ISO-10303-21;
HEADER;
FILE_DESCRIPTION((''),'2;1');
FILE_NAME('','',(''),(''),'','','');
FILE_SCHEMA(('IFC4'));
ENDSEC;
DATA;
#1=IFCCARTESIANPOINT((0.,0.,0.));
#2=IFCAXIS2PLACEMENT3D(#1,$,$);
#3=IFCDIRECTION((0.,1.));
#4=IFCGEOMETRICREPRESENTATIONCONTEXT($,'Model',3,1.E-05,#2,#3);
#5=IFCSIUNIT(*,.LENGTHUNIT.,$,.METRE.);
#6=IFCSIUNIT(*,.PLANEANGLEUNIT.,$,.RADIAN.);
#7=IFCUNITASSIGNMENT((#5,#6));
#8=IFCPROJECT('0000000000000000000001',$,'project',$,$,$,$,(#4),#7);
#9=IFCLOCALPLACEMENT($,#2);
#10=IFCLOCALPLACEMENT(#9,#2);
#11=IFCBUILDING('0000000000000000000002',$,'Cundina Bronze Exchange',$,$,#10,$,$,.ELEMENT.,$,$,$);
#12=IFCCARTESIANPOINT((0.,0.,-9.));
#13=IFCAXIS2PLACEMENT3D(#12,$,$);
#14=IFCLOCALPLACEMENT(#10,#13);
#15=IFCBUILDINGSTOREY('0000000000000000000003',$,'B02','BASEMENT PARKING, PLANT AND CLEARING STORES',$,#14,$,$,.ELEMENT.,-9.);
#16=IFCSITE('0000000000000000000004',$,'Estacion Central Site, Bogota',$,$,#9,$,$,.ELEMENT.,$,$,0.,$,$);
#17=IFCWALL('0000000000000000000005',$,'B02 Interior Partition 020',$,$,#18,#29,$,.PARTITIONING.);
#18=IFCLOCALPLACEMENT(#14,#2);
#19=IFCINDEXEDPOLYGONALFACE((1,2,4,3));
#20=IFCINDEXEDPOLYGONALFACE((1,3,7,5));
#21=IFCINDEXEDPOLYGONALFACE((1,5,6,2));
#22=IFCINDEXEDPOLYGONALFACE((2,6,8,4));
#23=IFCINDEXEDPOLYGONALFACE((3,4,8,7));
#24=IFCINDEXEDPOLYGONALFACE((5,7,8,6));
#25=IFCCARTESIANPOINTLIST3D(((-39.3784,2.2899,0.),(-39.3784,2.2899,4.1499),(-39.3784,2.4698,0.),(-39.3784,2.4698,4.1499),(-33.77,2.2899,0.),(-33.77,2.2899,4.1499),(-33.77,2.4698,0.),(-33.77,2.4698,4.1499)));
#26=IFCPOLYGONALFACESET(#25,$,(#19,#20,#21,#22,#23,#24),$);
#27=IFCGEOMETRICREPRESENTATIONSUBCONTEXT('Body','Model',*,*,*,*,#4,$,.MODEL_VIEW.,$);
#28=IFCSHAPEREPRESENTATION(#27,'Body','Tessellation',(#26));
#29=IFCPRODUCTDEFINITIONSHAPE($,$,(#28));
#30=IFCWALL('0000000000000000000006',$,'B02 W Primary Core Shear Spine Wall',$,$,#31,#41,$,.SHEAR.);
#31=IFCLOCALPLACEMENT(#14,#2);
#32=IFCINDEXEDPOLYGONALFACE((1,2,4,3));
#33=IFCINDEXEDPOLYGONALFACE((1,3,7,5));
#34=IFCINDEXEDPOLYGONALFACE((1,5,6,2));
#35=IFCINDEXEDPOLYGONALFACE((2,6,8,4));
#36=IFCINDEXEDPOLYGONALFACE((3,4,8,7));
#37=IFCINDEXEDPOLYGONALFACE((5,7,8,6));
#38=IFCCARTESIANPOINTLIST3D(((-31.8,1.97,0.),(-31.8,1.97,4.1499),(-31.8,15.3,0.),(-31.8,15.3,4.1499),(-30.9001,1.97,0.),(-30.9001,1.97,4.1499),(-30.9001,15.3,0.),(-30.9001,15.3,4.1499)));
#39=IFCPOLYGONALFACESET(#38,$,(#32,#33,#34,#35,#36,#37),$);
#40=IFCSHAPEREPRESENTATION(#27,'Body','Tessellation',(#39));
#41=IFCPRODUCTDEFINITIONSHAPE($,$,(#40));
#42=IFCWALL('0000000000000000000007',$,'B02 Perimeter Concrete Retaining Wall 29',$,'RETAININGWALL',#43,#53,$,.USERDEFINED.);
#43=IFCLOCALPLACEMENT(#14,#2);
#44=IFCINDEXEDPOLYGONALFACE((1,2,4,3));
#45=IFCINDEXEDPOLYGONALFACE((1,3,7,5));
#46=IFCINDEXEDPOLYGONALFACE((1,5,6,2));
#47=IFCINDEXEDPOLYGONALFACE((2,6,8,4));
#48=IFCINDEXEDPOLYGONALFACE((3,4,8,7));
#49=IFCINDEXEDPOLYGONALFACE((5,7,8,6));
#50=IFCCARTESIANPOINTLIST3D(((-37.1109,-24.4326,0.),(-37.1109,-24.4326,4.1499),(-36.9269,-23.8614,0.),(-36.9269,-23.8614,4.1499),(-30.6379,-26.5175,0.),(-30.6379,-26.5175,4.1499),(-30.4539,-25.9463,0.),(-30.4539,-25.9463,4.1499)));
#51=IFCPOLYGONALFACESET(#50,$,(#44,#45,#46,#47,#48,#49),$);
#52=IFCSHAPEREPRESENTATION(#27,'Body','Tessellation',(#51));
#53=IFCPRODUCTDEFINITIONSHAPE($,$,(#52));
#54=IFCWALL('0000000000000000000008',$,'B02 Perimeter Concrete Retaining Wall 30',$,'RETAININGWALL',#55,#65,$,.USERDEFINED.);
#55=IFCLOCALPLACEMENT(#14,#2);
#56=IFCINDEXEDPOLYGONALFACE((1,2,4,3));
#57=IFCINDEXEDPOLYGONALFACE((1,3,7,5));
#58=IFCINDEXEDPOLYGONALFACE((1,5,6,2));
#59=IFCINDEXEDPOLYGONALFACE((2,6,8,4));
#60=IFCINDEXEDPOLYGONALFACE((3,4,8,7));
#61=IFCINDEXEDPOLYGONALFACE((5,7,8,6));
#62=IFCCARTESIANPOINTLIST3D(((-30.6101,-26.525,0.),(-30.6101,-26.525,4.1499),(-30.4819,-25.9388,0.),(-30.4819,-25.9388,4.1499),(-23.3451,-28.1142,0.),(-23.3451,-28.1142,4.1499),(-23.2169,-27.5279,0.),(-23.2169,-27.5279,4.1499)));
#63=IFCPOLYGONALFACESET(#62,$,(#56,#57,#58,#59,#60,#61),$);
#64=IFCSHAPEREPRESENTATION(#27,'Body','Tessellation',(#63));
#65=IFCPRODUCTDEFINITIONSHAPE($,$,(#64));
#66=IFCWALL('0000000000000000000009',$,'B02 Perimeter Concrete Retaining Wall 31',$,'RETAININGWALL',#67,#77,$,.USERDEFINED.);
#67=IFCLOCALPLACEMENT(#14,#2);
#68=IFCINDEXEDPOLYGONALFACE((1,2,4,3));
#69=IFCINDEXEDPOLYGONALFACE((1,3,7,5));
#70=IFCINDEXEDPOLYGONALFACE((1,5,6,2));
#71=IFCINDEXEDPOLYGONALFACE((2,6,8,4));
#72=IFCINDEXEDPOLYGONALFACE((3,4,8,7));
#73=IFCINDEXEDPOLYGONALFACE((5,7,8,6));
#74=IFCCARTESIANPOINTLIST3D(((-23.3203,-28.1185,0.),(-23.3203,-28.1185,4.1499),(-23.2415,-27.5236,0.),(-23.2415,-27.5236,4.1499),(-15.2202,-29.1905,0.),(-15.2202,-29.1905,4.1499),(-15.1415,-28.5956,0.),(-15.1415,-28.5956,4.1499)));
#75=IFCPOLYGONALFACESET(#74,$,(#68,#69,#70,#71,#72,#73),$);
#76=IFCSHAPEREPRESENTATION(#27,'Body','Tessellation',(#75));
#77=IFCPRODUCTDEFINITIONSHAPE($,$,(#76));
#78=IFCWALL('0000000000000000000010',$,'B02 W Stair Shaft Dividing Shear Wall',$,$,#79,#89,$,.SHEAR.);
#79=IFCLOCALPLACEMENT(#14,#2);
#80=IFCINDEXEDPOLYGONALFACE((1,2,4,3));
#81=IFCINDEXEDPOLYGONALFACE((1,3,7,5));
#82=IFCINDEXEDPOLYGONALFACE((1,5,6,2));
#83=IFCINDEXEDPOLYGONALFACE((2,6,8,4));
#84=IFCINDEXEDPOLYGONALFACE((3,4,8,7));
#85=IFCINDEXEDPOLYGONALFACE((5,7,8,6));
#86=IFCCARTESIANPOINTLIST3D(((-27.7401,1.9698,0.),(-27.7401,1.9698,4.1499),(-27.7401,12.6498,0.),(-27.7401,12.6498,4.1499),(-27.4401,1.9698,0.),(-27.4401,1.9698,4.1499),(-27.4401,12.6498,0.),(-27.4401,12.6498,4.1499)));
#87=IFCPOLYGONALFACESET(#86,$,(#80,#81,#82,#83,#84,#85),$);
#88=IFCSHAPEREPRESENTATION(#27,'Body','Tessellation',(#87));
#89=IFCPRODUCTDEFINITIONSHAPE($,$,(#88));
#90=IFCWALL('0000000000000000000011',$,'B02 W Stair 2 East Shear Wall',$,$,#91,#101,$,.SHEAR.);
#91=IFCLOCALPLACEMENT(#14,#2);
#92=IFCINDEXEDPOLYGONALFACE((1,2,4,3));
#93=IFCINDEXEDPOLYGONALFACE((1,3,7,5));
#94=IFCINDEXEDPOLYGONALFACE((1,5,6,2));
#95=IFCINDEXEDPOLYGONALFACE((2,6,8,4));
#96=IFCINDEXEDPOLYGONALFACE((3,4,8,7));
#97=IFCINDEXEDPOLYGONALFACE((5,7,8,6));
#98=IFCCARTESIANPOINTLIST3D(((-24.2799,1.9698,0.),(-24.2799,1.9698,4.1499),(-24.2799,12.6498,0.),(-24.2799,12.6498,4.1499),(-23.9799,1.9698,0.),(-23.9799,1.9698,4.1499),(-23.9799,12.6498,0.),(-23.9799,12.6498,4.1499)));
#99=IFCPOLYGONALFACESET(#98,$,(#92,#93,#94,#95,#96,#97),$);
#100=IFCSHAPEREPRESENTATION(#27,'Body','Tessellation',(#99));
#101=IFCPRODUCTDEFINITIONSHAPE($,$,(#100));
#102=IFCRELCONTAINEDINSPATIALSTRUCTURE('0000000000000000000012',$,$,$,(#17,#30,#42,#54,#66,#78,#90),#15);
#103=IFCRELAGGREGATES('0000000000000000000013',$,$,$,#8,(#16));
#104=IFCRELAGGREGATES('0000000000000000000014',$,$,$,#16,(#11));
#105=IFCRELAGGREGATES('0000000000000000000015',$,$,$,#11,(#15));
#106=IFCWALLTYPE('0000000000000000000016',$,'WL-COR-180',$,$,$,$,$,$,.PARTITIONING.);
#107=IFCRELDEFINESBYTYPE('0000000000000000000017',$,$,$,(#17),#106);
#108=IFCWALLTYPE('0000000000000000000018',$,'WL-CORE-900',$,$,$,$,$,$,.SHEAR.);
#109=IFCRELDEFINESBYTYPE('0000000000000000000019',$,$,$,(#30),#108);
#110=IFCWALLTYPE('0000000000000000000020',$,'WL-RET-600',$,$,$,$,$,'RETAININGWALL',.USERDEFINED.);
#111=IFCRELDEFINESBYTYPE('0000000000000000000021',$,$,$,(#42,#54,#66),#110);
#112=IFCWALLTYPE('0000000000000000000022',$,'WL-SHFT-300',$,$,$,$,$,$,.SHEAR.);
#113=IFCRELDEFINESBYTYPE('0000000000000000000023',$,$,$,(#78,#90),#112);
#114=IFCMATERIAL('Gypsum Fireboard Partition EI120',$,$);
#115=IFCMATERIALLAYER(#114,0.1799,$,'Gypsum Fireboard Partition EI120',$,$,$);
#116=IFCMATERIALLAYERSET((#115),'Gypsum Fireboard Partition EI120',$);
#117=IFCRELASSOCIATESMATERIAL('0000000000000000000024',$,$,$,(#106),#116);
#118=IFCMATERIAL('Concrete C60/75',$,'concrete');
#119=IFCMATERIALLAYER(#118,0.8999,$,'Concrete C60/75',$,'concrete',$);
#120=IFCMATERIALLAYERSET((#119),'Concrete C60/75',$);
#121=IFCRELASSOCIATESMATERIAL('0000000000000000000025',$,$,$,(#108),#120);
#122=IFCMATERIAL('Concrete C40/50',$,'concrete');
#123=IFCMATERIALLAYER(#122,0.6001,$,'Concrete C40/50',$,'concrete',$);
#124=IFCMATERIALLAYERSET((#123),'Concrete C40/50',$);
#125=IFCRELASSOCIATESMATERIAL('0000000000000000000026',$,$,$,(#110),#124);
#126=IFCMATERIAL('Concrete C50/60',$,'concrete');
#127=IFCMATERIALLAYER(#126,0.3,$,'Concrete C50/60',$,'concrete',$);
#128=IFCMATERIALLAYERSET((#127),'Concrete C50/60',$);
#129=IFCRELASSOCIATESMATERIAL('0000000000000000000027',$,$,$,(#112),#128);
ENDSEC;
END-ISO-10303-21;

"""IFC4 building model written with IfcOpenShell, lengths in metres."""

from ifc_helpers import new_model, si_unit, direction, frame, frame_2d, origin, place, context, subcontext, project, spatial, rectangle, extrude, material, layer, layer_set, type_object, element, save


model = new_model("IFC4")

# Units and contexts
model_context = context("Model", 3, precision=1e-05, world=origin(), true_north=direction((0.0, 1.0)))
body_context = subcontext(model_context, "Body", "Model", "MODEL_VIEW")
ifc_project = project(units=[si_unit("LENGTHUNIT", "METRE"), si_unit("PLANEANGLEUNIT", "RADIAN")], contexts=[model_context])

# Site, building, storey
site_placement = place(None, origin())
site = spatial("IfcSite", under=ifc_project, at=site_placement, Name="Estacion Central Site, Bogota", CompositionType="ELEMENT", RefElevation=0.0)
building_placement = place(site_placement, origin())
building = spatial("IfcBuilding", under=site, at=building_placement, Name="Cundina Bronze Exchange", CompositionType="ELEMENT")
storey_placement = place(building_placement, frame((0.0, 0.0, -9.0)))
storey = spatial("IfcBuildingStorey", under=building, at=storey_placement, Name="B02", Description="BASEMENT PARKING, PLANT AND CLEARING STORES", CompositionType="ELEMENT", Elevation=-9.0)

# Shared definitions
ifc_material_1 = material(Name="Concrete C40/50", Category="concrete")

# Shared definitions
ifc_material_2 = material(Name="Concrete C60/75", Category="concrete")

# Shared definitions
ifc_material_3 = material(Name="Gypsum Fireboard Partition EI120")
ifc_layer_1 = layer(ifc_material_3, 0.1799, Name="Gypsum Fireboard Partition EI120")
ifc_layer_set_1 = layer_set([ifc_layer_1], Name="Gypsum Fireboard Partition EI120")
wall_type_1 = type_object("IfcWallType", Name="WL-COR-180", PredefinedType="PARTITIONING", material=ifc_layer_set_1)

# Walls
wall_1_placement = place(storey_placement, frame((-33.77, 2.3799, 0.0), z_axis=(0.0, 0.0, 1.0), x_axis=(-1.0, 0.0, 0.0)))
element("IfcWall", 1, at=wall_1_placement, inside=storey, type_object=wall_type_1, Name="B02 Interior Partition 020", PredefinedType="PARTITIONING", context=body_context, shape_type="SweptSolid", body=[
    extrude(rectangle(XDim=5.6084, YDim=0.1799, at=frame_2d((2.8042, 0.0))), origin(), (0.0, 0.0, 1.0), 4.1499),
])
ifc_layer_2 = layer(ifc_material_2, 0.8999, Name="Concrete C60/75", Category="concrete")
ifc_layer_set_2 = layer_set([ifc_layer_2], Name="Concrete C60/75")
wall_type_2 = type_object("IfcWallType", Name="WL-CORE-900", PredefinedType="SHEAR", material=ifc_layer_set_2)
wall_2_placement = place(storey_placement, frame((-31.3501, 1.97, 0.0), z_axis=(0.0, 0.0, 1.0), x_axis=(0.0, 1.0, 0.0)))
element("IfcWall", 2, at=wall_2_placement, inside=storey, type_object=wall_type_2, Name="B02 W Primary Core Shear Spine Wall", PredefinedType="SHEAR", context=body_context, shape_type="SweptSolid", body=[
    extrude(rectangle(XDim=13.3301, YDim=0.8999, at=frame_2d((6.665, 0.0))), origin(), (0.0, 0.0, 1.0), 4.1499),
])
ifc_layer_3 = layer(ifc_material_1, 0.6001, Name="Concrete C40/50", Category="concrete")
ifc_layer_set_3 = layer_set([ifc_layer_3], Name="Concrete C40/50")
wall_type_3 = type_object("IfcWallType", Name="WL-RET-600", ElementType="RETAININGWALL", PredefinedType="USERDEFINED", material=ifc_layer_set_3)
wall_3_placement = place(storey_placement, frame((-37.019, -24.147, 0.0), z_axis=(0.0, 0.0, 1.0), x_axis=(0.951844, -0.306583, 0.0)))
element("IfcWall", 3, at=wall_3_placement, inside=storey, type_object=wall_type_3, Name="B02 Perimeter Concrete Retaining Wall 29", ObjectType="RETAININGWALL", PredefinedType="USERDEFINED", context=body_context, shape_type="SweptSolid", body=[
    extrude(rectangle(XDim=6.8005, YDim=0.6001, at=frame_2d((3.4004, 0.0))), origin(), (0.0, 0.0, 1.0), 4.1499),
])
wall_4_placement = place(storey_placement, frame((-30.5459, -26.2319, 0.0), z_axis=(0.0, 0.0, 1.0), x_axis=(0.976902, -0.213686, 0.0)))
element("IfcWall", 4, at=wall_4_placement, inside=storey, type_object=wall_type_3, Name="B02 Perimeter Concrete Retaining Wall 30", ObjectType="RETAININGWALL", PredefinedType="USERDEFINED", context=body_context, shape_type="SweptSolid", body=[
    extrude(rectangle(XDim=7.4368, YDim=0.6001, at=frame_2d((3.7183, 0.0))), origin(), (0.0, 0.0, 1.0), 4.1499),
])
wall_5_placement = place(storey_placement, frame((-23.281, -27.821, 0.0), z_axis=(0.0, 0.0, 1.0), x_axis=(0.991356, -0.131203, 0.0)))
element("IfcWall", 5, at=wall_5_placement, inside=storey, type_object=wall_type_3, Name="B02 Perimeter Concrete Retaining Wall 31", ObjectType="RETAININGWALL", PredefinedType="USERDEFINED", context=body_context, shape_type="SweptSolid", body=[
    extrude(rectangle(XDim=8.1707, YDim=0.6001, at=frame_2d((4.0854, 0.0))), origin(), (0.0, 0.0, 1.0), 4.1499),
])
ifc_material_4 = material(Name="Concrete C50/60", Category="concrete")
ifc_layer_4 = layer(ifc_material_4, 0.3, Name="Concrete C50/60", Category="concrete")
ifc_layer_set_4 = layer_set([ifc_layer_4], Name="Concrete C50/60")
wall_type_4 = type_object("IfcWallType", Name="WL-SHFT-300", PredefinedType="SHEAR", material=ifc_layer_set_4)
for number, where, z_axis, x_axis, name in (
    (6, (-27.5901, 1.97, 0.0), (0.0, 0.0, 1.0), (0.0, 1.0, 0.0), "B02 W Stair Shaft Dividing Shear Wall"),
    (7, (-24.1299, 1.97, 0.0), (0.0, 0.0, 1.0), (0.0, 1.0, 0.0), "B02 W Stair 2 East Shear Wall"),
):
    element("IfcWall", number, at=place(storey_placement, frame(where, z_axis=z_axis, x_axis=x_axis)), inside=storey, type_object=wall_type_4, Name=name, PredefinedType="SHEAR", context=body_context, shape_type="SweptSolid", body=[
        extrude(rectangle(XDim=10.6799, YDim=0.3, at=frame_2d((5.3398, 0.0))), origin(), (0.0, 0.0, 1.0), 4.1499),
    ])

save(model, "model.ifc")
